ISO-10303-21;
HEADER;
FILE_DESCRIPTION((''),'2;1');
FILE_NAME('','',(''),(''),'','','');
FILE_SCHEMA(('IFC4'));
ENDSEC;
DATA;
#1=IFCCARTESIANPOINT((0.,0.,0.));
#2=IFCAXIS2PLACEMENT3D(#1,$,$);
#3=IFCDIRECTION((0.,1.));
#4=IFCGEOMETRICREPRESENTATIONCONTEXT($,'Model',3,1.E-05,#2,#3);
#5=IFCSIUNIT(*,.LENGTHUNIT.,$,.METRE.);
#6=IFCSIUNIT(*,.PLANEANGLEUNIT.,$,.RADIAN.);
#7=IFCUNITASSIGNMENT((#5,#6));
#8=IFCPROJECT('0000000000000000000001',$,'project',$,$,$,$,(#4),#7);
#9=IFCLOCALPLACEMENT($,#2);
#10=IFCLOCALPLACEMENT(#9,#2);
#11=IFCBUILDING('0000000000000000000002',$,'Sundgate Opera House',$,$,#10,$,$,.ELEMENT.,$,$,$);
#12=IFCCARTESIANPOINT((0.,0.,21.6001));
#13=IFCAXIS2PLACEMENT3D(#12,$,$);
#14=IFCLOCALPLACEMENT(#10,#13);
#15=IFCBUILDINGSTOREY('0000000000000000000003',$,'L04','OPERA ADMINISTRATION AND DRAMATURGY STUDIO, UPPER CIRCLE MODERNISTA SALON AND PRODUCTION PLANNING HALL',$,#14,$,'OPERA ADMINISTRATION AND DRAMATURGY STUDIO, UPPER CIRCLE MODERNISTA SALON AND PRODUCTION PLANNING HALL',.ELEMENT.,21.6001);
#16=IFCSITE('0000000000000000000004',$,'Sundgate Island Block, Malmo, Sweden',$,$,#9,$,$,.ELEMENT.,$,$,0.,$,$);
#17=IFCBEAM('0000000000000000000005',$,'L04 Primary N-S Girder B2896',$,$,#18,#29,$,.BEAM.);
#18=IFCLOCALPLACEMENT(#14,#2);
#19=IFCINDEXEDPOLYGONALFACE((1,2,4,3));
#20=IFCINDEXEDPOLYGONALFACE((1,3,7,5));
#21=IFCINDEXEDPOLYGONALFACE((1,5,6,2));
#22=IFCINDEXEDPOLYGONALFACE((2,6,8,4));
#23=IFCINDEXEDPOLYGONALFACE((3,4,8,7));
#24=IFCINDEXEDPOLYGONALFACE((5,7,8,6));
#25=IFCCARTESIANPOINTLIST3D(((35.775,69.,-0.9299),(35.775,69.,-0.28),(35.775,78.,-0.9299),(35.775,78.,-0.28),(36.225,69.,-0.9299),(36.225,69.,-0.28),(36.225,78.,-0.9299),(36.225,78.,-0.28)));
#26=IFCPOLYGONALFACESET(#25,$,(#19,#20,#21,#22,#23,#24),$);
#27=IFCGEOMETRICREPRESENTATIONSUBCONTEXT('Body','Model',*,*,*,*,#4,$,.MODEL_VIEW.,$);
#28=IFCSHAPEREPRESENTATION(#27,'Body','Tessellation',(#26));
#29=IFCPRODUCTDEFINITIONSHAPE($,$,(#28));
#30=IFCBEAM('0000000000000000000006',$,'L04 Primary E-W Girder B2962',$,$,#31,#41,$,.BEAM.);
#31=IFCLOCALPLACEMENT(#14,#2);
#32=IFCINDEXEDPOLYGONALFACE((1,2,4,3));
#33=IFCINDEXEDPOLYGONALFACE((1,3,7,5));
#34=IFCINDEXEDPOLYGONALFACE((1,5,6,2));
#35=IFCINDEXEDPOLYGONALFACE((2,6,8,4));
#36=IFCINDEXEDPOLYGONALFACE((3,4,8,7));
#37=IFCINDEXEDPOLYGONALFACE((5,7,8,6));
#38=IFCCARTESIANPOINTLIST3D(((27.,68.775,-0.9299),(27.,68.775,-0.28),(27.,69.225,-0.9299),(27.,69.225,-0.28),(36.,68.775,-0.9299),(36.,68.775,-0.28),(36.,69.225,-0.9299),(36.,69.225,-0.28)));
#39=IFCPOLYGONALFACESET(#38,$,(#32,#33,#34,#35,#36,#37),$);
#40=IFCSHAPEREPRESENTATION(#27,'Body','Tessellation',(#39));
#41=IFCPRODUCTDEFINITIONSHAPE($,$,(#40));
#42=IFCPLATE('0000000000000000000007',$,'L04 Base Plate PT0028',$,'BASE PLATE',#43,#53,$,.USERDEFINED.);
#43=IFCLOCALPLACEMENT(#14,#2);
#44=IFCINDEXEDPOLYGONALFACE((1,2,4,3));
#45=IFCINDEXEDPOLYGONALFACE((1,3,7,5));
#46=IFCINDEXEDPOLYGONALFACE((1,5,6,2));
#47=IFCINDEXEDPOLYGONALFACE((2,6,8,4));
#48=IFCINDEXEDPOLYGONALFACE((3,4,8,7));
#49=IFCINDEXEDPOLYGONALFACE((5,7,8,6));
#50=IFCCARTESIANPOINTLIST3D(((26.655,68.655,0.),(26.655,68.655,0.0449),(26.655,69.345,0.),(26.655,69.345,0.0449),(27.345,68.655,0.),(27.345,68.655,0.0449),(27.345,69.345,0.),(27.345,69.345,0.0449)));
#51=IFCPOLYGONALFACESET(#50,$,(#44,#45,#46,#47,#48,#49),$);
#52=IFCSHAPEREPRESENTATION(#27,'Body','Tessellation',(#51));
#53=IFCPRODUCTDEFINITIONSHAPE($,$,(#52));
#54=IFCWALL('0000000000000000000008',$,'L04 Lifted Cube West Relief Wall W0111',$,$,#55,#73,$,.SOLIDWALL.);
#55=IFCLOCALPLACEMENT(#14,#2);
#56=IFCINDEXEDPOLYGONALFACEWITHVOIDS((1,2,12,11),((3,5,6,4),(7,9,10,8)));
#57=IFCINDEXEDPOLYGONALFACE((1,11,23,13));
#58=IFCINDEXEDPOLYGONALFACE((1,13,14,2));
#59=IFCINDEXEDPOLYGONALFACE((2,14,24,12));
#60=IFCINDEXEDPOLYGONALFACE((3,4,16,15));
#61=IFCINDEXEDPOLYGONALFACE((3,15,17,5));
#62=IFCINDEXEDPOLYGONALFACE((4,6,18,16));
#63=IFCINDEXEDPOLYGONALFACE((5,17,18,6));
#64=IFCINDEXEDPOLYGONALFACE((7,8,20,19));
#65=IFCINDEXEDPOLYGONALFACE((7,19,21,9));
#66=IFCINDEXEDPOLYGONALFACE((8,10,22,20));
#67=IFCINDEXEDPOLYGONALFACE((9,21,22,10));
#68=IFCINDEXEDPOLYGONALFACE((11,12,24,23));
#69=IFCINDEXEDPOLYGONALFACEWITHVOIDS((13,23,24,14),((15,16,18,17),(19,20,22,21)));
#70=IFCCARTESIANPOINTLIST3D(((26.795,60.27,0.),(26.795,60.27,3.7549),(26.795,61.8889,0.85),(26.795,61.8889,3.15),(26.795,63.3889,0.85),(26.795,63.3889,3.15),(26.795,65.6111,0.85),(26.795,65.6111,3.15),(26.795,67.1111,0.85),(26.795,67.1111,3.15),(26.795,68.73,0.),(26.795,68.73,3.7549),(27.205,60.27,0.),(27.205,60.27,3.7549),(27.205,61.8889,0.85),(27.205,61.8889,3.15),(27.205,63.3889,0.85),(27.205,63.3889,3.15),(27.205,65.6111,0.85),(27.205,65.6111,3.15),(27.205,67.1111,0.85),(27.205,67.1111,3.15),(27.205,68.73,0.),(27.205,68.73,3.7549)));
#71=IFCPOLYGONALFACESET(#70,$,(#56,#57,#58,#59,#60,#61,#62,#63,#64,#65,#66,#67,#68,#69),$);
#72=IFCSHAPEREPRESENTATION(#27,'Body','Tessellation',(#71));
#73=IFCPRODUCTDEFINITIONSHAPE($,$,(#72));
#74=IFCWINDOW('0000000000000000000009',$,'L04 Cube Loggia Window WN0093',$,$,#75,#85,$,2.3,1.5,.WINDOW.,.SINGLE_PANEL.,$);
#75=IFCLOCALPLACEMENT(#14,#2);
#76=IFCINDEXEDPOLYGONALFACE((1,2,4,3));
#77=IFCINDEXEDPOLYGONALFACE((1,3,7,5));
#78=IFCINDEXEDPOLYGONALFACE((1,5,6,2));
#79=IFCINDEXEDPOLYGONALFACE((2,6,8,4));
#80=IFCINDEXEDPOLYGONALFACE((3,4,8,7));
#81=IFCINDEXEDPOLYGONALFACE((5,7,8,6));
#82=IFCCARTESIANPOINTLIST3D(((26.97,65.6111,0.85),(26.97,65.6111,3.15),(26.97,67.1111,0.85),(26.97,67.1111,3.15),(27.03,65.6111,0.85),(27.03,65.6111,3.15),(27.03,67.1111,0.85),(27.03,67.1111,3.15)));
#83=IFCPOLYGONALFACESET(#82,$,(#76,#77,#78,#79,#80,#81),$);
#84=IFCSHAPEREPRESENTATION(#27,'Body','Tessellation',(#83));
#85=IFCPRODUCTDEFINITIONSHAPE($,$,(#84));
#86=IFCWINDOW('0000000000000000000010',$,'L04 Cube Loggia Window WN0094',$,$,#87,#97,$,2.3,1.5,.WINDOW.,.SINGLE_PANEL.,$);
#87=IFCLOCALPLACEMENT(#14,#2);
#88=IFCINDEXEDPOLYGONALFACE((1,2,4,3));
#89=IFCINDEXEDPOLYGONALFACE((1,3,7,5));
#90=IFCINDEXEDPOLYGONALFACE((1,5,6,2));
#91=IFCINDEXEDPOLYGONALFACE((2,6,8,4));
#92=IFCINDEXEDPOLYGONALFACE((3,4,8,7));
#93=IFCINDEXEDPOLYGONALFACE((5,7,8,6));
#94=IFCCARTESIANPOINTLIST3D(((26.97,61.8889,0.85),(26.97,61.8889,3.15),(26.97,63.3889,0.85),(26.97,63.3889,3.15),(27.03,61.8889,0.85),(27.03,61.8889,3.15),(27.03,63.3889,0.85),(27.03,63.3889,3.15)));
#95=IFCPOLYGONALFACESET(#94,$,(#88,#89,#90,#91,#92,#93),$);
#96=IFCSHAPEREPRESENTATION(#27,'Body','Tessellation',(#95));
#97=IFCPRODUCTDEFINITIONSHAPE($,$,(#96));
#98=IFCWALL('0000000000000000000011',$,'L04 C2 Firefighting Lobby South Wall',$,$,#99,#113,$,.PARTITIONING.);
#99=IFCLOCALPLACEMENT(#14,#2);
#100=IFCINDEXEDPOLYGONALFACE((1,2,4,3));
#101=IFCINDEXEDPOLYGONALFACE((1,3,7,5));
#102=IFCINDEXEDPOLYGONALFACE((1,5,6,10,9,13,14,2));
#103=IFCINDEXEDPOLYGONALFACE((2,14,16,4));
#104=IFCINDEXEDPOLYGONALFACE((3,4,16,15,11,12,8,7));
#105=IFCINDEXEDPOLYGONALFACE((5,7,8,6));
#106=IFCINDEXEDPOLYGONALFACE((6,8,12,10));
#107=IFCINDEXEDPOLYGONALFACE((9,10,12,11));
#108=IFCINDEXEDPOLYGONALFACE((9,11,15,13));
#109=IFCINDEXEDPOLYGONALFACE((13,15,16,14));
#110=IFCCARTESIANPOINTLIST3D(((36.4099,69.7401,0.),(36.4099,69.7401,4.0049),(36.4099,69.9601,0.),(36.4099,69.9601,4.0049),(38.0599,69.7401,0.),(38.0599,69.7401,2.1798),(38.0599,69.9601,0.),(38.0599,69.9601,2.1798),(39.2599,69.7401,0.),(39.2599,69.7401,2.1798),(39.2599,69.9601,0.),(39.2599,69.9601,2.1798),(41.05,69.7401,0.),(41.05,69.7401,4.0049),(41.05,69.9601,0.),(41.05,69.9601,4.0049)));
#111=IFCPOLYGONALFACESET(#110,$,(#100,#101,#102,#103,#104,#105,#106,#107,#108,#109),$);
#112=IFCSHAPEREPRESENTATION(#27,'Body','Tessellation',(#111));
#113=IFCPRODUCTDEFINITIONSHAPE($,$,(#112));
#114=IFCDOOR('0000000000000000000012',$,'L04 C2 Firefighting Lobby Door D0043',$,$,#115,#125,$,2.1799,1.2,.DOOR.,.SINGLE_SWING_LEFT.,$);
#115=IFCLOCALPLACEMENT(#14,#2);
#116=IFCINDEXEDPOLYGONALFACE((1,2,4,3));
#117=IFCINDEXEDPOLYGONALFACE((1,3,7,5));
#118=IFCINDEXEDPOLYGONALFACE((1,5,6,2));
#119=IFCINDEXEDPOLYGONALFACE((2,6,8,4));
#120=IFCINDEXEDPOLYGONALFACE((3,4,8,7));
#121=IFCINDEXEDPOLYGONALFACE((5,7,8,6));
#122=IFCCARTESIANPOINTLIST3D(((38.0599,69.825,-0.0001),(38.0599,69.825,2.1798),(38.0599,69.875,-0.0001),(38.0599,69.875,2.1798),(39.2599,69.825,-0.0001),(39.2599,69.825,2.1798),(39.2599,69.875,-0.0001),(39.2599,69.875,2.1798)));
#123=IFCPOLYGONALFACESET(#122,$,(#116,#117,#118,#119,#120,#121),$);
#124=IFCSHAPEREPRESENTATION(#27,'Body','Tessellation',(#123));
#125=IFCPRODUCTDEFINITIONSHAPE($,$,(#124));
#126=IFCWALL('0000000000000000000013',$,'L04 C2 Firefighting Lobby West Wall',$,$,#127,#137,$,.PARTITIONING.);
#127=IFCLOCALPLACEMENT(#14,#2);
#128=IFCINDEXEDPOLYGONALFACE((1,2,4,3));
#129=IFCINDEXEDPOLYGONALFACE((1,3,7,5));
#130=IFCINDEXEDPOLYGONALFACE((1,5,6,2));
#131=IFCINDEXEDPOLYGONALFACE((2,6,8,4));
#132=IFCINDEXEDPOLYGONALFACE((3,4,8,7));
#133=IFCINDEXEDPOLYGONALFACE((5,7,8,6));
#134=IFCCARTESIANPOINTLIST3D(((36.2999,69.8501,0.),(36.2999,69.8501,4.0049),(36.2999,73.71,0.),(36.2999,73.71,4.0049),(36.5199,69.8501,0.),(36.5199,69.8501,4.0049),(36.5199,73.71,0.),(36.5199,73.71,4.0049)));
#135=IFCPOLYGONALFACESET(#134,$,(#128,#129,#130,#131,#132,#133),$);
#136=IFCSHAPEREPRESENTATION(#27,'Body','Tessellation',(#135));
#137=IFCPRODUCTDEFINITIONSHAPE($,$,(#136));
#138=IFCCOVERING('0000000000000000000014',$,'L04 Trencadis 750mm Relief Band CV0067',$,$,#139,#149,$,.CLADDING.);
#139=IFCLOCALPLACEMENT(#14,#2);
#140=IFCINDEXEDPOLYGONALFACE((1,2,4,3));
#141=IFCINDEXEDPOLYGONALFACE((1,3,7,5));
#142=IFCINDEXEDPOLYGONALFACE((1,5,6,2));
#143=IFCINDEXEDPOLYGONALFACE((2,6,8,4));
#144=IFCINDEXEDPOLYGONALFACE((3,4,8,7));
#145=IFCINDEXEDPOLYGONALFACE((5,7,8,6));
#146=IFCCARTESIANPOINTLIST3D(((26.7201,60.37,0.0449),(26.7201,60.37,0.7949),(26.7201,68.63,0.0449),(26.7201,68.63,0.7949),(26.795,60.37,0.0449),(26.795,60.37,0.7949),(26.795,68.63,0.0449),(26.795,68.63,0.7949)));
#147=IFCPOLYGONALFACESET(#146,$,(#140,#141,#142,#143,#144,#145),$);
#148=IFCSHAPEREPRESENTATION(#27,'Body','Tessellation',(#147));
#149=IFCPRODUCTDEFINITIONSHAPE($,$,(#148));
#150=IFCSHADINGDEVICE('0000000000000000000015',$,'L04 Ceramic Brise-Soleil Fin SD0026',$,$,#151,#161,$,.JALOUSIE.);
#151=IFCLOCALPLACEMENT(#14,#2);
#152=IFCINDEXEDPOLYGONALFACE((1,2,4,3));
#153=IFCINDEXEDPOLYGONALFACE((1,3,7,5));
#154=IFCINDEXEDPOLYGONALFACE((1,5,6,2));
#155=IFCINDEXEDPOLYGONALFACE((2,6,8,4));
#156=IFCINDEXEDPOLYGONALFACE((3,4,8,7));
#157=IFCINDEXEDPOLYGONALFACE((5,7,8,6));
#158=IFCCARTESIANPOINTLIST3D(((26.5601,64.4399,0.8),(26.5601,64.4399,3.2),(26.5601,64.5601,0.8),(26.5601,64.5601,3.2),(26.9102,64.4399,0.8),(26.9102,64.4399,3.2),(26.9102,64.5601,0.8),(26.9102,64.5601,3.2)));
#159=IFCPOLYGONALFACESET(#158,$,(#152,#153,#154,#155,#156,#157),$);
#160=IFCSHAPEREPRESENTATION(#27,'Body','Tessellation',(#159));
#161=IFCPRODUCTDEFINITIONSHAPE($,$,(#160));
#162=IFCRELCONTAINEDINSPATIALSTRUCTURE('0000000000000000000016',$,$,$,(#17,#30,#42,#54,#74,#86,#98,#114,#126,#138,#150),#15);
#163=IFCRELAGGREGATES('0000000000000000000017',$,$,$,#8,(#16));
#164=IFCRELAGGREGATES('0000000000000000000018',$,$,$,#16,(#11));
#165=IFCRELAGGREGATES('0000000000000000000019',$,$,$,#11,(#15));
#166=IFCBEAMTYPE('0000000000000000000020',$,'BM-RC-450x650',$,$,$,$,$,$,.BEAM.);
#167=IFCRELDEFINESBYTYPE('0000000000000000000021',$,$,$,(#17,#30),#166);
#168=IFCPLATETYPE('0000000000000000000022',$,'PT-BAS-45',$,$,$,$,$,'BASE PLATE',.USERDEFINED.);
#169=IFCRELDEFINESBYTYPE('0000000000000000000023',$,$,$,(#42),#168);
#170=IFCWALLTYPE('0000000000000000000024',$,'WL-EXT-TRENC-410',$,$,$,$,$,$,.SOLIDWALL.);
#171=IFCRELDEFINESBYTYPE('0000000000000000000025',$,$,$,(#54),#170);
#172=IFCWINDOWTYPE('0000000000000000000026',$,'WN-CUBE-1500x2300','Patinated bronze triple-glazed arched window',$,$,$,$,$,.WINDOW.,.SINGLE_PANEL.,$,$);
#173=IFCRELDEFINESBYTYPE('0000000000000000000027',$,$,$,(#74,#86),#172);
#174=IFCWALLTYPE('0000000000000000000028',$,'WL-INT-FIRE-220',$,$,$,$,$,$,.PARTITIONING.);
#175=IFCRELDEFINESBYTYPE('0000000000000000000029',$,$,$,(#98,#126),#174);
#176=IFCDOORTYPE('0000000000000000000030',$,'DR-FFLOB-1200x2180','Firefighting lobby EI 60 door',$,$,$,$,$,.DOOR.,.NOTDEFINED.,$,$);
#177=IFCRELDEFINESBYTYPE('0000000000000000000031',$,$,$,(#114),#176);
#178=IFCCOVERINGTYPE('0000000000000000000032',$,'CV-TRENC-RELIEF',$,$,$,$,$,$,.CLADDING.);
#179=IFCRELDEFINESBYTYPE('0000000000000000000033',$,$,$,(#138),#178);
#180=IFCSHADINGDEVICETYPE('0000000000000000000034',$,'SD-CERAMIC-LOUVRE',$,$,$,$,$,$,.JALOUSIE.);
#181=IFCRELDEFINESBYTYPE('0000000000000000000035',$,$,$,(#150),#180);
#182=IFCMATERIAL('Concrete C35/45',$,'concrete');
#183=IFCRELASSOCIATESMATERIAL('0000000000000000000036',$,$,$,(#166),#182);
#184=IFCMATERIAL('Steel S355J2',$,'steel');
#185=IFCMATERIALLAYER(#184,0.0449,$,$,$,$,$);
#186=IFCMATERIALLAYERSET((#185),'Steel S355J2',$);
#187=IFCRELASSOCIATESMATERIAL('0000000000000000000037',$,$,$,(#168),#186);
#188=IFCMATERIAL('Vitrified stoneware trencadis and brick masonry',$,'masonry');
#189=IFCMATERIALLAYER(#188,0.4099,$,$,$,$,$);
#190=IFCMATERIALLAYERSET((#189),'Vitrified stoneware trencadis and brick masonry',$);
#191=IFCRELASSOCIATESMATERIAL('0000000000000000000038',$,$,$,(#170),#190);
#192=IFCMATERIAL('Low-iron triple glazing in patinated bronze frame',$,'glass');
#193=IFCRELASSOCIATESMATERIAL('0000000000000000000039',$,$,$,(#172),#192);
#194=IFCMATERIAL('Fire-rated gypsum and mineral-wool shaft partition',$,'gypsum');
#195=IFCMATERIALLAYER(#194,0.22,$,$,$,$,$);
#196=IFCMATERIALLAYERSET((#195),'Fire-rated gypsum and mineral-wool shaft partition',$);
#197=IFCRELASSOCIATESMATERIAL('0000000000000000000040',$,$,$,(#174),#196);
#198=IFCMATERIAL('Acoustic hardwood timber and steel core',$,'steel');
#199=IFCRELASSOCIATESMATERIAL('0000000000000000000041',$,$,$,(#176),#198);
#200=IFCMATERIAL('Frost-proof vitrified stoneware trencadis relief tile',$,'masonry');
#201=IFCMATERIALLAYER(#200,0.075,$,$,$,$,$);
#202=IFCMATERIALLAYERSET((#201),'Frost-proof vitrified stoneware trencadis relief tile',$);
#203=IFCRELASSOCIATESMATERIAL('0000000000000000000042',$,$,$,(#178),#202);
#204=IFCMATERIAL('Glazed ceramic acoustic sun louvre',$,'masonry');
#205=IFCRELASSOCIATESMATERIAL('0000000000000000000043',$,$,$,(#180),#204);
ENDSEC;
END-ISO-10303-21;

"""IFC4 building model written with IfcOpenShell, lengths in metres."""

from ifc_helpers import new_model, si_unit, direction, frame, frame_2d, origin, origin_2d, place, context, subcontext, project, spatial, rectangle, extrude, material, layer, layer_set, material_profile, profile_set, type_object, element, fill, save


model = new_model("IFC4")

# Units and contexts
model_context = context("Model", 3, precision=1e-05, world=origin(), true_north=direction((0.0, 1.0)))
body_context = subcontext(model_context, "Body", "Model", "MODEL_VIEW")
ifc_project = project(units=[si_unit("LENGTHUNIT", "METRE"), si_unit("PLANEANGLEUNIT", "RADIAN")], contexts=[model_context])

# Site, building, storey
site_placement = place(None, origin())
site = spatial("IfcSite", under=ifc_project, at=site_placement, Name="Sundgate Island Block, Malmo, Sweden", CompositionType="ELEMENT", RefElevation=0.0)
building_placement = place(site_placement, origin())
building = spatial("IfcBuilding", under=site, at=building_placement, Name="Sundgate Opera House", CompositionType="ELEMENT")
storey_placement = place(building_placement, frame((0.0, 0.0, 21.6001)))
storey = spatial("IfcBuildingStorey", under=building, at=storey_placement, Name="L04", Description="OPERA ADMINISTRATION AND DRAMATURGY STUDIO, UPPER CIRCLE MODERNISTA SALON AND PRODUCTION PLANNING HALL", LongName="OPERA ADMINISTRATION AND DRAMATURGY STUDIO, UPPER CIRCLE MODERNISTA SALON AND PRODUCTION PLANNING HALL", CompositionType="ELEMENT", Elevation=21.6001)

# Beams
ifc_material_1 = material(Name="Concrete C35/45", Category="concrete")
ifc_material_profile_1 = material_profile(ifc_material_1, rectangle(XDim=0.45, YDim=0.6499, at=origin_2d()), Name="RC 450x650")
ifc_profile_set_1 = profile_set([ifc_material_profile_1], Name="Concrete C35/45")
beam_type_1 = type_object("IfcBeamType", Name="BM-RC-450x650", PredefinedType="BEAM", material=ifc_profile_set_1)
for number, where, z_axis, x_axis, name in (
    (1, (36.0, 69.0, -0.605), (0.0, 1.0, 0.0), (-1.0, 0.0, 0.0), "L04 Primary N-S Girder B2896"),
    (2, (27.0, 69.0, -0.605), (1.0, 0.0, 0.0), (0.0, 1.0, 0.0), "L04 Primary E-W Girder B2962"),
):
    element("IfcBeam", number, at=place(storey_placement, frame(where, z_axis=z_axis, x_axis=x_axis)), inside=storey, type_object=beam_type_1, Name=name, PredefinedType="BEAM", context=body_context, shape_type="SweptSolid", body=[
        extrude(rectangle(XDim=0.45, YDim=0.6499, at=origin_2d()), origin(), (0.0, 0.0, 1.0), 9.0),
    ])

# Plate
ifc_material_2 = material(Name="Steel S355J2", Category="steel")
ifc_layer_1 = layer(ifc_material_2, 0.0449)
ifc_layer_set_1 = layer_set([ifc_layer_1], Name="Steel S355J2")
plate_type = type_object("IfcPlateType", Name="PT-BAS-45", ElementType="BASE PLATE", PredefinedType="USERDEFINED", material=ifc_layer_set_1)
plate_placement = place(storey_placement, frame((27.0, 69.0, 0.0), z_axis=(0.0, 0.0, 1.0), x_axis=(1.0, 0.0, 0.0)))
element("IfcPlate", 3, at=plate_placement, inside=storey, type_object=plate_type, Name="L04 Base Plate PT0028", ObjectType="BASE PLATE", PredefinedType="USERDEFINED", context=body_context, shape_type="SweptSolid", body=[
    extrude(rectangle(XDim=0.6899, YDim=0.6899, at=origin_2d()), origin(), (0.0, 0.0, 1.0), 0.0449),
])

# Wall, openings, windows
ifc_material_3 = material(Name="Vitrified stoneware trencadis and brick masonry", Category="masonry")
ifc_layer_2 = layer(ifc_material_3, 0.4099)
ifc_layer_set_2 = layer_set([ifc_layer_2], Name="Vitrified stoneware trencadis and brick masonry")
wall_type_1 = type_object("IfcWallType", Name="WL-EXT-TRENC-410", PredefinedType="SOLIDWALL", material=ifc_layer_set_2)
wall_1_placement = place(storey_placement, frame((27.0, 68.73, 0.0), z_axis=(0.0, 0.0, 1.0), x_axis=(0.0, -1.0, 0.0)))
wall_1 = element("IfcWall", 4, at=wall_1_placement, inside=storey, type_object=wall_type_1, Name="L04 Lifted Cube West Relief Wall W0111", PredefinedType="SOLIDWALL", context=body_context, shape_type="SweptSolid", body=[
    extrude(rectangle(XDim=8.46, YDim=0.4099, at=frame_2d((4.23, 0.0))), origin(), (0.0, 0.0, 1.0), 3.7549),
])
opening_1_placement = place(wall_1_placement, frame((1.6189, 0.0, 0.8501)))
opening_1 = element("IfcOpeningElement", 5, at=opening_1_placement, cuts=wall_1, PredefinedType="OPENING", context=body_context, shape_type="SweptSolid", body=[
    extrude(rectangle(XDim=1.5, YDim=2.3, at=frame_2d((0.75, 1.1499))), frame((0.0, 0.2148, 0.0), z_axis=(0.0, -1.0, 0.0), x_axis=(1.0, 0.0, 0.0)), (0.0, 0.0, 1.0), 0.4299),
])
opening_2_placement = place(wall_1_placement, frame((5.3411, 0.0, 0.8501)))
opening_2 = element("IfcOpeningElement", 6, at=opening_2_placement, cuts=wall_1, PredefinedType="OPENING", context=body_context, shape_type="SweptSolid", body=[
    extrude(rectangle(XDim=1.5, YDim=2.3, at=frame_2d((0.75, 1.1499))), frame((0.0, 0.2148, 0.0), z_axis=(0.0, -1.0, 0.0), x_axis=(1.0, 0.0, 0.0)), (0.0, 0.0, 1.0), 0.4299),
])
ifc_material_4 = material(Name="Low-iron triple glazing in patinated bronze frame", Category="glass")
window_type = type_object("IfcWindowType", Name="WN-CUBE-1500x2300", Description="Patinated bronze triple-glazed arched window", PartitioningType="SINGLE_PANEL", PredefinedType="WINDOW", material=ifc_material_4)
window_1_placement = place(opening_1_placement, origin())
window_1 = element("IfcWindow", 7, at=window_1_placement, inside=storey, type_object=window_type, Name="L04 Cube Loggia Window WN0093", OverallHeight=2.3, OverallWidth=1.5, PartitioningType="SINGLE_PANEL", PredefinedType="WINDOW", context=body_context, shape_type="SweptSolid", body=[
    extrude(rectangle(XDim=1.5, YDim=2.3, at=frame_2d((0.75, 1.1499))), frame((0.0, 0.03, 0.0), z_axis=(0.0, -1.0, 0.0), x_axis=(1.0, 0.0, 0.0)), (0.0, 0.0, 1.0), 0.0601),
])
fill(opening_1, window_1)
window_2_placement = place(opening_2_placement, origin())
window_2 = element("IfcWindow", 8, at=window_2_placement, inside=storey, type_object=window_type, Name="L04 Cube Loggia Window WN0094", OverallHeight=2.3, OverallWidth=1.5, PartitioningType="SINGLE_PANEL", PredefinedType="WINDOW", context=body_context, shape_type="SweptSolid", body=[
    extrude(rectangle(XDim=1.5, YDim=2.3, at=frame_2d((0.75, 1.1499))), frame((0.0, 0.03, 0.0), z_axis=(0.0, -1.0, 0.0), x_axis=(1.0, 0.0, 0.0)), (0.0, 0.0, 1.0), 0.0601),
])
fill(opening_2, window_2)

# Wall, opening, door
ifc_material_5 = material(Name="Fire-rated gypsum and mineral-wool shaft partition", Category="gypsum")
ifc_layer_3 = layer(ifc_material_5, 0.22)
ifc_layer_set_3 = layer_set([ifc_layer_3], Name="Fire-rated gypsum and mineral-wool shaft partition")
wall_type_2 = type_object("IfcWallType", Name="WL-INT-FIRE-220", PredefinedType="PARTITIONING", material=ifc_layer_set_3)
wall_2_placement = place(storey_placement, frame((36.4099, 69.8501, 0.0), z_axis=(0.0, 0.0, 1.0), x_axis=(1.0, 0.0, 0.0)))
wall_2 = element("IfcWall", 9, at=wall_2_placement, inside=storey, type_object=wall_type_2, Name="L04 C2 Firefighting Lobby South Wall", PredefinedType="PARTITIONING", context=body_context, shape_type="SweptSolid", body=[
    extrude(rectangle(XDim=4.6401, YDim=0.22, at=frame_2d((2.3201, 0.0))), origin(), (0.0, 0.0, 1.0), 4.0049),
])
opening_3_placement = place(wall_2_placement, frame((1.6499, 0.0, 0.0)))
opening_3 = element("IfcOpeningElement", 10, at=opening_3_placement, cuts=wall_2, PredefinedType="OPENING", context=body_context, shape_type="SweptSolid", body=[
    extrude(rectangle(XDim=1.2, YDim=2.1799, at=frame_2d((0.6001, 1.0898))), frame((0.0, 0.1199, 0.0), z_axis=(0.0, -1.0, 0.0), x_axis=(1.0, 0.0, 0.0)), (0.0, 0.0, 1.0), 0.24),
])
ifc_material_6 = material(Name="Acoustic hardwood timber and steel core", Category="steel")
door_type = type_object("IfcDoorType", Name="DR-FFLOB-1200x2180", Description="Firefighting lobby EI 60 door", OperationType="NOTDEFINED", PredefinedType="DOOR", material=ifc_material_6)
door_placement = place(opening_3_placement, origin())
door = element("IfcDoor", 11, at=door_placement, inside=storey, type_object=door_type, Name="L04 C2 Firefighting Lobby Door D0043", OperationType="SINGLE_SWING_LEFT", OverallHeight=2.1799, OverallWidth=1.2, PredefinedType="DOOR", context=body_context, shape_type="SweptSolid", body=[
    extrude(rectangle(XDim=1.2, YDim=2.1799, at=frame_2d((0.6001, 1.0898))), frame((0.0, 0.0249, 0.0), z_axis=(0.0, -1.0, 0.0), x_axis=(1.0, 0.0, 0.0)), (0.0, 0.0, 1.0), 0.05),
])
fill(opening_3, door)

# Wall
wall_3_placement = place(storey_placement, frame((36.4099, 69.8501, 0.0), z_axis=(0.0, 0.0, 1.0), x_axis=(0.0, 1.0, 0.0)))
element("IfcWall", 12, at=wall_3_placement, inside=storey, type_object=wall_type_2, Name="L04 C2 Firefighting Lobby West Wall", PredefinedType="PARTITIONING", context=body_context, shape_type="SweptSolid", body=[
    extrude(rectangle(XDim=3.8599, YDim=0.22, at=frame_2d((1.9299, 0.0))), origin(), (0.0, 0.0, 1.0), 4.0049),
])

# Covering
ifc_material_7 = material(Name="Frost-proof vitrified stoneware trencadis relief tile", Category="masonry")
ifc_layer_4 = layer(ifc_material_7, 0.075)
ifc_layer_set_4 = layer_set([ifc_layer_4], Name="Frost-proof vitrified stoneware trencadis relief tile")
covering_type = type_object("IfcCoveringType", Name="CV-TRENC-RELIEF", PredefinedType="CLADDING", material=ifc_layer_set_4)
covering_placement = place(storey_placement, frame((26.7576, 64.5, 0.0449), z_axis=(0.0, 0.0, 1.0), x_axis=(0.0, 1.0, 0.0)))
element("IfcCovering", 13, at=covering_placement, inside=storey, type_object=covering_type, Name="L04 Trencadis 750mm Relief Band CV0067", PredefinedType="CLADDING", context=body_context, shape_type="SweptSolid", body=[
    extrude(rectangle(XDim=8.26, YDim=0.075, at=origin_2d()), origin(), (0.0, 0.0, 1.0), 0.75),
])

# Shading device
ifc_material_8 = material(Name="Glazed ceramic acoustic sun louvre", Category="masonry")
shading_device_type = type_object("IfcShadingDeviceType", Name="SD-CERAMIC-LOUVRE", PredefinedType="JALOUSIE", material=ifc_material_8)
shading_device_placement = place(storey_placement, frame((26.7351, 64.5, 0.8), z_axis=(0.0, 0.0, 1.0), x_axis=(1.0, 0.0, 0.0)))
element("IfcShadingDevice", 14, at=shading_device_placement, inside=storey, type_object=shading_device_type, Name="L04 Ceramic Brise-Soleil Fin SD0026", PredefinedType="JALOUSIE", context=body_context, shape_type="SweptSolid", body=[
    extrude(rectangle(XDim=0.3501, YDim=0.1201, at=origin_2d()), origin(), (0.0, 0.0, 1.0), 2.3999),
])

save(model, "model.ifc")
